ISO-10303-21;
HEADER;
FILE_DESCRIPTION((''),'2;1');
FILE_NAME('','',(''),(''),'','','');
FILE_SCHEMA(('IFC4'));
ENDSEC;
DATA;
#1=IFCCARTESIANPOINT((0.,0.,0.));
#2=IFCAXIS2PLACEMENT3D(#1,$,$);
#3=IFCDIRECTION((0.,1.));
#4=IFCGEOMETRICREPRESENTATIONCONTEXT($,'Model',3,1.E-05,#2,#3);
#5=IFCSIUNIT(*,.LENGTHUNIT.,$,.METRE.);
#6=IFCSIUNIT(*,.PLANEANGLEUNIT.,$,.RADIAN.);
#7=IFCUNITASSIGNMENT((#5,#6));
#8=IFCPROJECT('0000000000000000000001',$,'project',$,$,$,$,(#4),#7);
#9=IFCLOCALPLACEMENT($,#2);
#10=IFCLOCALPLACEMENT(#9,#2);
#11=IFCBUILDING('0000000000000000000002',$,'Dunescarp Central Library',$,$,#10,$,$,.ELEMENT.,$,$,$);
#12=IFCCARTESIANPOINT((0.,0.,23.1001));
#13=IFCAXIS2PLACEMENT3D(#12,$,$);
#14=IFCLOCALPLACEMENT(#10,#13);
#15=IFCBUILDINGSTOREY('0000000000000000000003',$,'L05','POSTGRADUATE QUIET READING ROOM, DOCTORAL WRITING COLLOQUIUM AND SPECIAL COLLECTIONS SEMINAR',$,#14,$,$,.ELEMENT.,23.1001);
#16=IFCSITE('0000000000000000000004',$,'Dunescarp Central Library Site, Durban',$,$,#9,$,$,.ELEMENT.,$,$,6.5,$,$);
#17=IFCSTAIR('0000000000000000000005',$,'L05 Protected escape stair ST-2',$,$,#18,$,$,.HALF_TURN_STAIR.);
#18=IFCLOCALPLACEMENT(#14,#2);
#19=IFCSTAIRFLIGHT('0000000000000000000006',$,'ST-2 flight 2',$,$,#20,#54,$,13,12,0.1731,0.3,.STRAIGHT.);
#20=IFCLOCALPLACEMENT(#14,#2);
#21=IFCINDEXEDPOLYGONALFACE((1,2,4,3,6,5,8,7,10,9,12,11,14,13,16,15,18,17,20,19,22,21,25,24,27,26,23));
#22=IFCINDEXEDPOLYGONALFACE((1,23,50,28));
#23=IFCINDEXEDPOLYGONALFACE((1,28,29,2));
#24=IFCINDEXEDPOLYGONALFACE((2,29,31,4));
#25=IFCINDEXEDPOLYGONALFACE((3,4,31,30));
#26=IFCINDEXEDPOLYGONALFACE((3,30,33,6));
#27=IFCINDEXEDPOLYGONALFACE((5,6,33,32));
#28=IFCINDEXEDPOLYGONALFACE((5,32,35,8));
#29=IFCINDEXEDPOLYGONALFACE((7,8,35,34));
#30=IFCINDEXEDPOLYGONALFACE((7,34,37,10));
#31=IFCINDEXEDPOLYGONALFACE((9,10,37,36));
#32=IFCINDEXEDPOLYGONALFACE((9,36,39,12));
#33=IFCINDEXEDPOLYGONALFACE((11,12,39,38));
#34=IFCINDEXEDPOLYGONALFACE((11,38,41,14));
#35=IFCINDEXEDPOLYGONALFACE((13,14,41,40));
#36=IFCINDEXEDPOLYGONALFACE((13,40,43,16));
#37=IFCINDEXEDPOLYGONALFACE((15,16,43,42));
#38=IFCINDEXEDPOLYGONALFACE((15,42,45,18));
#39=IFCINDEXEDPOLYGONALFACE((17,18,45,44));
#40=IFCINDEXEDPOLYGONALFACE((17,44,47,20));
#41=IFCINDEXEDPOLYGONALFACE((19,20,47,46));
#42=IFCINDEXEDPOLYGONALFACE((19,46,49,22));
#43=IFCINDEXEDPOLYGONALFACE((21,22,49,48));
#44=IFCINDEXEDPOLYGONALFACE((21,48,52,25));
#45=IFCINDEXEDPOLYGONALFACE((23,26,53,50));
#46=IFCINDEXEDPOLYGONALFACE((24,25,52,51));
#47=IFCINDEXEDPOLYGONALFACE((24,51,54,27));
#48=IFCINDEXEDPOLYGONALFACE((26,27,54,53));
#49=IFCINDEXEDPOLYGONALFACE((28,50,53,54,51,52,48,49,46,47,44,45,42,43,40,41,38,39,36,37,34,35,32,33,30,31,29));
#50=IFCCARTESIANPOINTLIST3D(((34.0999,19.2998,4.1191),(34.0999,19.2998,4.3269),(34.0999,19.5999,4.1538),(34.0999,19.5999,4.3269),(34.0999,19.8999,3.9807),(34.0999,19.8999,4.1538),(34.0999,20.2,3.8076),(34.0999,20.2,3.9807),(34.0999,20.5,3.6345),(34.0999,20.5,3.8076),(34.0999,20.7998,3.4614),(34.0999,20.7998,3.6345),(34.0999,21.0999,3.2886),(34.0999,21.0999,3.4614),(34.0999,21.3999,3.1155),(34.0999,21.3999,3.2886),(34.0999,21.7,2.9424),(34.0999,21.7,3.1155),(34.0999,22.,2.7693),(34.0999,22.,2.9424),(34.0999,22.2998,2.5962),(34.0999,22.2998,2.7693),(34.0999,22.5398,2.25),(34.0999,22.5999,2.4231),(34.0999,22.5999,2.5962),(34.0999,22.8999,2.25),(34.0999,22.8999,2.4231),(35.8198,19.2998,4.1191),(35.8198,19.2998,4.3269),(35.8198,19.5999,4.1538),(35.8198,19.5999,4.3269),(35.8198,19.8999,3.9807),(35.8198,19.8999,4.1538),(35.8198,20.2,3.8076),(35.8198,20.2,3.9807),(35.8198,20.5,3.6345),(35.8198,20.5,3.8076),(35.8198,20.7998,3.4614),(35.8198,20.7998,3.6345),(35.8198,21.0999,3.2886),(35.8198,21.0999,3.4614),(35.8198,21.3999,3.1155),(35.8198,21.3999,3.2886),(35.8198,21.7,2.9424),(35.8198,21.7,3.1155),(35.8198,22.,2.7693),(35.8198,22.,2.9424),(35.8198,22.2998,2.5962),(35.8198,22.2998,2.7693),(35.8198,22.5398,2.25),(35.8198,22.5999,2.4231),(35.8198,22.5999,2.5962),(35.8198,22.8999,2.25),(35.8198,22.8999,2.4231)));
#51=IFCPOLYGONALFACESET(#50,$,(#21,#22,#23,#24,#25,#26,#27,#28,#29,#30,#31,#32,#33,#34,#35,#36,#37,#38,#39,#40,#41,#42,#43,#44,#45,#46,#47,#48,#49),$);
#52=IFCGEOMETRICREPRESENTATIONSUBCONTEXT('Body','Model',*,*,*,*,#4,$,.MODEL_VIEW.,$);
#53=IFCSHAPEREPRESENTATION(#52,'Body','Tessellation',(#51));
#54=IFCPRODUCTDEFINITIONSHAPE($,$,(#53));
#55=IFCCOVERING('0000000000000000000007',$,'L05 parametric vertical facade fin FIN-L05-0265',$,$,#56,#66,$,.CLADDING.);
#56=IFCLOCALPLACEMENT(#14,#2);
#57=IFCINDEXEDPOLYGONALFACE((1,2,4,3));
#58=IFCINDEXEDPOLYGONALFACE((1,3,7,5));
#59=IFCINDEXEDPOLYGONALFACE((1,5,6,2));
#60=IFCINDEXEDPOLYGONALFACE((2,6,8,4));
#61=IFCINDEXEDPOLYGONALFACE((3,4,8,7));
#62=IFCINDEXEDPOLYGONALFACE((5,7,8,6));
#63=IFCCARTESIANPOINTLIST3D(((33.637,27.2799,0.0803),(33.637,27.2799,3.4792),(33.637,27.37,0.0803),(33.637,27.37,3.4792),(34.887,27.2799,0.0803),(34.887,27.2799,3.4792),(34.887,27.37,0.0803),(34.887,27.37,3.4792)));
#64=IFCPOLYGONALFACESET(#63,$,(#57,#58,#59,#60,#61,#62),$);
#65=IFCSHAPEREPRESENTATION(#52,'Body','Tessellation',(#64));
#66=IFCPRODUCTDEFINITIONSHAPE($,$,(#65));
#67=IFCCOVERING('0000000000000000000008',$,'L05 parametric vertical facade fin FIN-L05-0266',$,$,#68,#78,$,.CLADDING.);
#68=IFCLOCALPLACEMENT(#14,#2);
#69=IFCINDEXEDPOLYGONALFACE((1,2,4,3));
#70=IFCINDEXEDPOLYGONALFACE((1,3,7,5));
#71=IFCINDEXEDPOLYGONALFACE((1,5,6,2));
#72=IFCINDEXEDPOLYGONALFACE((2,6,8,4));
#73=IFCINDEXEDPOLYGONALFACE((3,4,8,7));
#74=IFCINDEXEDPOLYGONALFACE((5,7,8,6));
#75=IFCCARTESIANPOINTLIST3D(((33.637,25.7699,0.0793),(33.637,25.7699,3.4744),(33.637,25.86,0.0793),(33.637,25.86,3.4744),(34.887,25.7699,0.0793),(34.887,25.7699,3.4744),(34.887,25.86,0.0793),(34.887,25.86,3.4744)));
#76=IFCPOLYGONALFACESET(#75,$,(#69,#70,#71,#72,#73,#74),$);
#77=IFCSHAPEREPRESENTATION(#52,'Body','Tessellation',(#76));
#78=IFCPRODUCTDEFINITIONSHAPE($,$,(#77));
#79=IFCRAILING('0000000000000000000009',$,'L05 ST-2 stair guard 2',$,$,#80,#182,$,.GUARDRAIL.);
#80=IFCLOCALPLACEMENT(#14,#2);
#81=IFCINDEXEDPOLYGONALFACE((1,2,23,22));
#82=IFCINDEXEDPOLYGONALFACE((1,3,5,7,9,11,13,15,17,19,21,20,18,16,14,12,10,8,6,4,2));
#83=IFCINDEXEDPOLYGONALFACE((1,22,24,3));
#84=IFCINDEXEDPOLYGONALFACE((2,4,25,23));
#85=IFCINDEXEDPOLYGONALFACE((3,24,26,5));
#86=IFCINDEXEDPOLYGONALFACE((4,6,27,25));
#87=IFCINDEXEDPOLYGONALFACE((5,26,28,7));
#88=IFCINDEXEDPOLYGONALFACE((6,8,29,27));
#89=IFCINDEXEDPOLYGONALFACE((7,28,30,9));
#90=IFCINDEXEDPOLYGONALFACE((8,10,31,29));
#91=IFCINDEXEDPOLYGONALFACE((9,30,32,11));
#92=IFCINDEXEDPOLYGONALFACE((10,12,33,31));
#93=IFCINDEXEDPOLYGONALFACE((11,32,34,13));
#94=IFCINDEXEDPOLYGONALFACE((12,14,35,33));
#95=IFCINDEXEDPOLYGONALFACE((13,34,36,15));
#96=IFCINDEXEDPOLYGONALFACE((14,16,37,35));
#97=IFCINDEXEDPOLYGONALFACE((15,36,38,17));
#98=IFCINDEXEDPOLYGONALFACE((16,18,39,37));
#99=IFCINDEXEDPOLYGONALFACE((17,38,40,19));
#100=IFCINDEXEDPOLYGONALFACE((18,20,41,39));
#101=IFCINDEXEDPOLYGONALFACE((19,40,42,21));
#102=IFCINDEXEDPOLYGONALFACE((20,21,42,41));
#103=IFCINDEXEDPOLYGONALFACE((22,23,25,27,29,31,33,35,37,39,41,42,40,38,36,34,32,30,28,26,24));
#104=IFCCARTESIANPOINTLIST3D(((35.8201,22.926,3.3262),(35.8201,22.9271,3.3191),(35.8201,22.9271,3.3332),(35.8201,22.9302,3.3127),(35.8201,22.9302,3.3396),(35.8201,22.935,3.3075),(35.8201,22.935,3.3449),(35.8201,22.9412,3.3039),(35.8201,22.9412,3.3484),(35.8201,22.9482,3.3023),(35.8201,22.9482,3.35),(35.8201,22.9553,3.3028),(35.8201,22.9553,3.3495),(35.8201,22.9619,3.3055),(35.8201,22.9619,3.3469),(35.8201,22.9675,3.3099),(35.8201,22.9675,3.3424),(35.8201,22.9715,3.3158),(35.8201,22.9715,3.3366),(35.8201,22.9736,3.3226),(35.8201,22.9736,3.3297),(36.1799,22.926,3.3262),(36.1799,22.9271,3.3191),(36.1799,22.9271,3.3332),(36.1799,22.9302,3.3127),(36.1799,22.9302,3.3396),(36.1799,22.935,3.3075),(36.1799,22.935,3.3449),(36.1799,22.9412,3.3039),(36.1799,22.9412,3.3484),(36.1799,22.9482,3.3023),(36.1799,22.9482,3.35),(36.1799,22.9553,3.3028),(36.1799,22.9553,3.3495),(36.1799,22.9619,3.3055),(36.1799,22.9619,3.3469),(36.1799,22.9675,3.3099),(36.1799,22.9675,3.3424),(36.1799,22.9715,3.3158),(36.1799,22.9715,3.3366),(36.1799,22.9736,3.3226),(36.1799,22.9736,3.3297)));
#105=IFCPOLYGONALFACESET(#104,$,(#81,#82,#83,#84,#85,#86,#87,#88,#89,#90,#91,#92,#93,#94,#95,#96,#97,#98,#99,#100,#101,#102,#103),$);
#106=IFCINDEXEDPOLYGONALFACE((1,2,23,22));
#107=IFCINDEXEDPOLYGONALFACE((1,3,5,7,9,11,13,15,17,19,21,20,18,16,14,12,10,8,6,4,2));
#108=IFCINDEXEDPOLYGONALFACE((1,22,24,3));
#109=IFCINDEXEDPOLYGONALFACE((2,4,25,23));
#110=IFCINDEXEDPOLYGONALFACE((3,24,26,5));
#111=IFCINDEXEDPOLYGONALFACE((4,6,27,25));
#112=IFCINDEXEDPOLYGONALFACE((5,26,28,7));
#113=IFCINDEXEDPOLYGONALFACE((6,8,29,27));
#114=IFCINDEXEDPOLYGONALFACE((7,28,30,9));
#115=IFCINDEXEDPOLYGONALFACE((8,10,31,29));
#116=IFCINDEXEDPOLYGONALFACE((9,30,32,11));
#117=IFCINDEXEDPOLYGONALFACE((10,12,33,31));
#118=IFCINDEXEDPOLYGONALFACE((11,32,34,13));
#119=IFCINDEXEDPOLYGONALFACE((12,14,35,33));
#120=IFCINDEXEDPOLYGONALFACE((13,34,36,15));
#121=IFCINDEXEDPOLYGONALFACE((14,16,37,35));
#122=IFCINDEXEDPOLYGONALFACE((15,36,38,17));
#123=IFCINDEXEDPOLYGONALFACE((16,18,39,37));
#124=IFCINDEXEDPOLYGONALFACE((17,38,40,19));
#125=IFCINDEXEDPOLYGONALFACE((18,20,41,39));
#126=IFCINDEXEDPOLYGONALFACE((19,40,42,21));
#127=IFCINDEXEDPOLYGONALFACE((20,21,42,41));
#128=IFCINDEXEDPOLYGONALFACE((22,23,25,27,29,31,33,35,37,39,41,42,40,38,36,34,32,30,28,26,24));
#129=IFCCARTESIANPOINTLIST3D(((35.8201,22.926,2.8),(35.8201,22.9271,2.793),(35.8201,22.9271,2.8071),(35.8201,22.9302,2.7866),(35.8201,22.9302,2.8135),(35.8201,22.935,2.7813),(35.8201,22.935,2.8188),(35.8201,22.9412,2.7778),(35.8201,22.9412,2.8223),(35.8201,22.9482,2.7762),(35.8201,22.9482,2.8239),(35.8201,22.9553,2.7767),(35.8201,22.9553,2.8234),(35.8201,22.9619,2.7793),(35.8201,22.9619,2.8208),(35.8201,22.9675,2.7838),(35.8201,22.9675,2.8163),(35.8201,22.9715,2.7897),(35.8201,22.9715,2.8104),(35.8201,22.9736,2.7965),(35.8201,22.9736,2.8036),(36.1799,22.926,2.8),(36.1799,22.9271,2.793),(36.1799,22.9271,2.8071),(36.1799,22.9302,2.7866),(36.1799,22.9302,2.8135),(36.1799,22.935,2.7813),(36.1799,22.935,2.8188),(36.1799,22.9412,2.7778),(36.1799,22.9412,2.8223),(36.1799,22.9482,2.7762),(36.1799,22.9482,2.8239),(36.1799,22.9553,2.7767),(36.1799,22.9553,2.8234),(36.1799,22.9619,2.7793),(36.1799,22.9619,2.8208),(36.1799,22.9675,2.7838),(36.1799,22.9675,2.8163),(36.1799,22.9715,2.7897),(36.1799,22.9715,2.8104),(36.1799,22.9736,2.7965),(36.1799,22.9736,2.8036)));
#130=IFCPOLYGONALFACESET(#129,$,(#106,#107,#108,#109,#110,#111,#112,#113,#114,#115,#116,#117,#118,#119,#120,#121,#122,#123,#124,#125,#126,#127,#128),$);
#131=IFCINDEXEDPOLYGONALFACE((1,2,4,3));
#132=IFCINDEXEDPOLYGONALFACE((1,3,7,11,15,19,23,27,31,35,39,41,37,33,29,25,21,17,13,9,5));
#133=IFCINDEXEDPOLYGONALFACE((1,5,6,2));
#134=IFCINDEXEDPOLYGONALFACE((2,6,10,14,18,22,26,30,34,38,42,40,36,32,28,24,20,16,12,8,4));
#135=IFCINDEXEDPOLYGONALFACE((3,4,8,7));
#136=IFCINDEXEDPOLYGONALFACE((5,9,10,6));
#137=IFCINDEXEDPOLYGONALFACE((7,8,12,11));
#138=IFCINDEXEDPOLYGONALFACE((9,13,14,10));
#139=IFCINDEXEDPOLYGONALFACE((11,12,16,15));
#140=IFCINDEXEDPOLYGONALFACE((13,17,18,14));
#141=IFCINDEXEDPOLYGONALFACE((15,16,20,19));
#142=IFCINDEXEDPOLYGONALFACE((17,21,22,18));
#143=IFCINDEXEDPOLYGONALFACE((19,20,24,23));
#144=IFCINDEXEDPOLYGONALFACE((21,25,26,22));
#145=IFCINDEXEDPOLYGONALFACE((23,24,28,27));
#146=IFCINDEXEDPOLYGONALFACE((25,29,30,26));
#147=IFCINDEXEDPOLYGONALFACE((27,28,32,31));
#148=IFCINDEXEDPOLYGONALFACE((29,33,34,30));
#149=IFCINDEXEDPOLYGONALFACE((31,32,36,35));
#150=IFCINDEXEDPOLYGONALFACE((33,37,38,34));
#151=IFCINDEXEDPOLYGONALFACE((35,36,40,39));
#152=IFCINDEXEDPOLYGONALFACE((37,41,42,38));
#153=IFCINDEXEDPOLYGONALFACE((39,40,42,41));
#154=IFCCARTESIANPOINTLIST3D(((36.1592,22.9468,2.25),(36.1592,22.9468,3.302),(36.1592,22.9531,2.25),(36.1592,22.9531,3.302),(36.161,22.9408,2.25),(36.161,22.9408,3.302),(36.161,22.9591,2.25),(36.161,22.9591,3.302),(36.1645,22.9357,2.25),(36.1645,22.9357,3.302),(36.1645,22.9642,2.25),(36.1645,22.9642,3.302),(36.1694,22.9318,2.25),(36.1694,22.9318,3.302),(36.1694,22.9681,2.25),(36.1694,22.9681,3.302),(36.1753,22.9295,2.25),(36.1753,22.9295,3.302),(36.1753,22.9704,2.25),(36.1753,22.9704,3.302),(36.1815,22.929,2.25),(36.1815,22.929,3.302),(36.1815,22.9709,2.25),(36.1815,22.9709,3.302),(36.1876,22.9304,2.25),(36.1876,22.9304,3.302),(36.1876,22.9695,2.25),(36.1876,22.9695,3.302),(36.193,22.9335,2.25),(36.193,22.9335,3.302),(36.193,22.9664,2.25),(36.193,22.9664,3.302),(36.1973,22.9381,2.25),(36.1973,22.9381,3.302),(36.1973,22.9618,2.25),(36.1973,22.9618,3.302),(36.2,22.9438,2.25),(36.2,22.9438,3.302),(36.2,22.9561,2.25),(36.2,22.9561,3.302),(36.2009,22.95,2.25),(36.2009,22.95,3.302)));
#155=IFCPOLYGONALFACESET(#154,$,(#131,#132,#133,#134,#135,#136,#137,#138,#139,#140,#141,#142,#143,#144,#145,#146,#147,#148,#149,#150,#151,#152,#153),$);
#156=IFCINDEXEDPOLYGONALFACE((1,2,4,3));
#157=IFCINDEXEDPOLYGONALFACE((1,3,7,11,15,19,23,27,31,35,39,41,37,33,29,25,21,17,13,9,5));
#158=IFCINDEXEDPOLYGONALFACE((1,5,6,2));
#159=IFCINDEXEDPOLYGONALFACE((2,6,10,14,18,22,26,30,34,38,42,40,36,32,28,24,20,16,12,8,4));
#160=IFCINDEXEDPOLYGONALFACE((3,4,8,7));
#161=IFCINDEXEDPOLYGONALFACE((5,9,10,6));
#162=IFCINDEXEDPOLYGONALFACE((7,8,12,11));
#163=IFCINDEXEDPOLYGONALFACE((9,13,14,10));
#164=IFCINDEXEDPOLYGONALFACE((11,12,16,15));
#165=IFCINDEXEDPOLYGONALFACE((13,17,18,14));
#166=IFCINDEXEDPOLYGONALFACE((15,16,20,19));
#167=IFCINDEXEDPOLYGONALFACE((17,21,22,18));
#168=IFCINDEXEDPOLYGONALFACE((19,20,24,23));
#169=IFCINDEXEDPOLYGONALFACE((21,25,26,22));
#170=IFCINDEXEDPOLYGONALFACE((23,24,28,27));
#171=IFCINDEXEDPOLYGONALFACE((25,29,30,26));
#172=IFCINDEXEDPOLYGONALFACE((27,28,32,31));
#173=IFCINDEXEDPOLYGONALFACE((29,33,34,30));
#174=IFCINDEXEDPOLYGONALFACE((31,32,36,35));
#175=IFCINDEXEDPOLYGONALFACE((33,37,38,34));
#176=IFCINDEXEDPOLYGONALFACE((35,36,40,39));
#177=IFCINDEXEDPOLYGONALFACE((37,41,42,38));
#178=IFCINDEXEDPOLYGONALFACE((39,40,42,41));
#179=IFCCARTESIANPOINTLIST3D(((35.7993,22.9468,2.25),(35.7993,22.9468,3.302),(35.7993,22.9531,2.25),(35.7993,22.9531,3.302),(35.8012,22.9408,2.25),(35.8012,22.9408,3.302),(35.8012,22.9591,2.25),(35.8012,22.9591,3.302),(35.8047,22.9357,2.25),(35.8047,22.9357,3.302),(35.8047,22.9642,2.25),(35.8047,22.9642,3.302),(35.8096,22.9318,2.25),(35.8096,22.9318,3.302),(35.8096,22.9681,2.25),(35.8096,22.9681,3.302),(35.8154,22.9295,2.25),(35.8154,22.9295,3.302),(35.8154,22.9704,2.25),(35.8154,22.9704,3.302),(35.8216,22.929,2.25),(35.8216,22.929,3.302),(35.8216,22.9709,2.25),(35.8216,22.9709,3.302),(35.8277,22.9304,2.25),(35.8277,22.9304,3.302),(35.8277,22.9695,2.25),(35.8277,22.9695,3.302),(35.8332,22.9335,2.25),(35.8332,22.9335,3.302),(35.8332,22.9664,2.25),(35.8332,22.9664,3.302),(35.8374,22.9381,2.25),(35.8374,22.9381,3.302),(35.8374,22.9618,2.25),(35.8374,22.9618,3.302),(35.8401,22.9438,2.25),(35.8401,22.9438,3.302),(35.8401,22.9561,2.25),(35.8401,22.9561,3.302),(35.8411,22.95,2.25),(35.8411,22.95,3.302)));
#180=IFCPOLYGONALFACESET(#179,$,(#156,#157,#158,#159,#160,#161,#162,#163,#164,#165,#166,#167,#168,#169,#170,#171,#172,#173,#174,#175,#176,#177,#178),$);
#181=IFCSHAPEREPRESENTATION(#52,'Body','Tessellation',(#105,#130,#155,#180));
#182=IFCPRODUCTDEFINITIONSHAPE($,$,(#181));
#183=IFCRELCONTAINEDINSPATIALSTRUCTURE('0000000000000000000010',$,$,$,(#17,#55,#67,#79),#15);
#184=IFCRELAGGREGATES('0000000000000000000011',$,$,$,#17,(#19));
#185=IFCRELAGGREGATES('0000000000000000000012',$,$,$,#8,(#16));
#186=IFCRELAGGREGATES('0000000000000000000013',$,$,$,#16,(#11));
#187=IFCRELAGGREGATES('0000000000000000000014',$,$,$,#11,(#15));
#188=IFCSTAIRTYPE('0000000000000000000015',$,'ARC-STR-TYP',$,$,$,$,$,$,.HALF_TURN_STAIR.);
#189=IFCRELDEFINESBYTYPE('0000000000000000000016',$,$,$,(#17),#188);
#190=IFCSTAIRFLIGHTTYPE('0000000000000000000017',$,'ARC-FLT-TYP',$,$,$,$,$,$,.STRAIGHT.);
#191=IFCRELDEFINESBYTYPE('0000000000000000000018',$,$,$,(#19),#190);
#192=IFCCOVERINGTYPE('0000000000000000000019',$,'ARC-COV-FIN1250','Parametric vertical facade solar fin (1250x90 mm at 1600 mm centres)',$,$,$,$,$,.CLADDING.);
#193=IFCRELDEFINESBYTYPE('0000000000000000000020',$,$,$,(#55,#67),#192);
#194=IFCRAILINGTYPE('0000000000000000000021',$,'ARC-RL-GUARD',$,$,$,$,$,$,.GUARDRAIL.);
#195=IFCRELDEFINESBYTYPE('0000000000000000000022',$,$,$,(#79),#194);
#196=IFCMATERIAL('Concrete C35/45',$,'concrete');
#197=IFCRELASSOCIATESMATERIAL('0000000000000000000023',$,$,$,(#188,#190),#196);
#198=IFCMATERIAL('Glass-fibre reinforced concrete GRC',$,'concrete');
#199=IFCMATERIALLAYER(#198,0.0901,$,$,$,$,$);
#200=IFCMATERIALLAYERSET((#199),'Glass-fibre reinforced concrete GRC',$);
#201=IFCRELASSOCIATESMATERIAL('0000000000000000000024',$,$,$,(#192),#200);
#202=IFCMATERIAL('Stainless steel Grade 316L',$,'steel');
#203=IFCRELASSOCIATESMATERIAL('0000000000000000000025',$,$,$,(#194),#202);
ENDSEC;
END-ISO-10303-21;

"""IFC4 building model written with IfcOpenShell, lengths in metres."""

from ifc_helpers import new_model, si_unit, direction, frame, origin, origin_2d, place, context, subcontext, project, spatial, polyline, rectangle, circle, outline, extrude, material, layer, layer_set, type_object, element, aggregate, save


model = new_model("IFC4")

# Units and contexts
model_context = context("Model", 3, precision=1e-05, world=origin(), true_north=direction((0.0, 1.0)))
body_context = subcontext(model_context, "Body", "Model", "MODEL_VIEW")
ifc_project = project(units=[si_unit("LENGTHUNIT", "METRE"), si_unit("PLANEANGLEUNIT", "RADIAN")], contexts=[model_context])

# Site, building, storey
site_placement = place(None, origin())
site = spatial("IfcSite", under=ifc_project, at=site_placement, Name="Dunescarp Central Library Site, Durban", CompositionType="ELEMENT", RefElevation=6.5)
building_placement = place(site_placement, origin())
building = spatial("IfcBuilding", under=site, at=building_placement, Name="Dunescarp Central Library", CompositionType="ELEMENT")
storey_placement = place(building_placement, frame((0.0, 0.0, 23.1001)))
storey = spatial("IfcBuildingStorey", under=building, at=storey_placement, Name="L05", Description="POSTGRADUATE QUIET READING ROOM, DOCTORAL WRITING COLLOQUIUM AND SPECIAL COLLECTIONS SEMINAR", CompositionType="ELEMENT", Elevation=23.1001)

# Stair, stair flight
ifc_material_1 = material(Name="Concrete C35/45", Category="concrete")
stair_type = type_object("IfcStairType", Name="ARC-STR-TYP", PredefinedType="HALF_TURN_STAIR", material=ifc_material_1)
stair_placement = place(storey_placement, origin())
stair = element("IfcStair", 1, at=stair_placement, inside=storey, type_object=stair_type, Name="L05 Protected escape stair ST-2", PredefinedType="HALF_TURN_STAIR")
stair_flight_type = type_object("IfcStairFlightType", Name="ARC-FLT-TYP", PredefinedType="STRAIGHT", material=ifc_material_1)
stair_flight_placement = place(storey_placement, frame((34.96, 22.8999, 2.25), z_axis=(0.0, 0.0, 1.0), x_axis=(0.0, -1.0, 0.0)))
stair_flight = element("IfcStairFlight", 2, at=stair_flight_placement, type_object=stair_flight_type, Name="ST-2 flight 2", NumberOfRisers=13, NumberOfTreads=12, PredefinedType="STRAIGHT", RiserHeight=0.1731, TreadLength=0.3, context=body_context, shape_type="SweptSolid", body=[
    extrude(outline(polyline([(0.0, 0.0), (0.0, 0.1731), (0.3, 0.1731), (0.3, 0.3462), (0.6001, 0.3462), (0.6001, 0.5193), (0.8999, 0.5193), (0.8999, 0.6924), (1.2, 0.6924), (1.2, 0.8655), (1.5, 0.8655), (1.5, 1.0386), (1.8, 1.0386), (1.8, 1.2114), (2.1001, 1.2114), (2.1001, 1.3845), (2.3999, 1.3845), (2.3999, 1.5576), (2.7, 1.5576), (2.7, 1.7307), (3.0, 1.7307), (3.0, 1.9038), (3.3, 1.9038), (3.3, 2.0769), (3.6001, 2.0769), (3.6001, 2.25), (3.6001, 1.8691), (0.3601, 0.0), (0.0, 0.0)])), frame((0.0, 0.8599, 0.0), z_axis=(0.0, -1.0, 0.0), x_axis=(1.0, 0.0, 0.0)), (0.0, 0.0, 1.0), 1.72),
])
aggregate(stair, [stair_flight])

# Coverings
ifc_material_2 = material(Name="Glass-fibre reinforced concrete GRC", Category="concrete")
ifc_layer_1 = layer(ifc_material_2, 0.0901)
ifc_layer_set_1 = layer_set([ifc_layer_1], Name="Glass-fibre reinforced concrete GRC")
covering_type = type_object("IfcCoveringType", Name="ARC-COV-FIN1250", Description="Parametric vertical facade solar fin (1250x90 mm at 1600 mm centres)", PredefinedType="CLADDING", material=ifc_layer_set_1)
covering_1_placement = place(storey_placement, frame((34.262, 27.325, 0.0803), z_axis=(0.0, 0.0, 1.0), x_axis=(1.0, 0.0, 0.0)))
element("IfcCovering", 3, at=covering_1_placement, inside=storey, type_object=covering_type, Name="L05 parametric vertical facade fin FIN-L05-0265", PredefinedType="CLADDING", context=body_context, shape_type="SweptSolid", body=[
    extrude(rectangle(XDim=1.25, YDim=0.0901, at=origin_2d()), origin(), (0.0, 0.0, 1.0), 3.3989),
])
covering_2_placement = place(storey_placement, frame((34.262, 25.8149, 0.0793), z_axis=(0.0, 0.0, 1.0), x_axis=(1.0, 0.0, 0.0)))
element("IfcCovering", 4, at=covering_2_placement, inside=storey, type_object=covering_type, Name="L05 parametric vertical facade fin FIN-L05-0266", PredefinedType="CLADDING", context=body_context, shape_type="SweptSolid", body=[
    extrude(rectangle(XDim=1.25, YDim=0.0901, at=origin_2d()), origin(), (0.0, 0.0, 1.0), 3.395),
])

# Railing
ifc_material_3 = material(Name="Stainless steel Grade 316L", Category="steel")
railing_type_1 = type_object("IfcRailingType", Name="ARC-RL-GUARD", PredefinedType="GUARDRAIL", material=ifc_material_3)
railing_1_placement = place(storey_placement, frame((36.1799, 22.95, 2.25)))
element("IfcRailing", 5, at=railing_1_placement, inside=storey, type_object=railing_type_1, Name="L05 ST-2 stair guard 2", PredefinedType="GUARDRAIL", context=body_context, shape_type="SweptSolid", body=[
    extrude(circle(Radius=0.0239, at=origin_2d()), frame((0.0, 0.0, 1.0762), z_axis=(-1.0, 0.0, 0.0), x_axis=(0.0, -1.0, 0.0)), (0.0, 0.0, 1.0), 0.3599),
    extrude(circle(Radius=0.0239, at=origin_2d()), frame((0.0, 0.0, 0.55), z_axis=(-1.0, 0.0, 0.0), x_axis=(0.0, -1.0, 0.0)), (0.0, 0.0, 1.0), 0.3599),
    extrude(circle(Radius=0.021, at=origin_2d()), origin(), (0.0, 0.0, 1.0), 1.052),
    extrude(circle(Radius=0.021, at=origin_2d()), frame((-0.3599, 0.0, 0.0)), (0.0, 0.0, 1.0), 1.052),
])

save(model, "model.ifc")
